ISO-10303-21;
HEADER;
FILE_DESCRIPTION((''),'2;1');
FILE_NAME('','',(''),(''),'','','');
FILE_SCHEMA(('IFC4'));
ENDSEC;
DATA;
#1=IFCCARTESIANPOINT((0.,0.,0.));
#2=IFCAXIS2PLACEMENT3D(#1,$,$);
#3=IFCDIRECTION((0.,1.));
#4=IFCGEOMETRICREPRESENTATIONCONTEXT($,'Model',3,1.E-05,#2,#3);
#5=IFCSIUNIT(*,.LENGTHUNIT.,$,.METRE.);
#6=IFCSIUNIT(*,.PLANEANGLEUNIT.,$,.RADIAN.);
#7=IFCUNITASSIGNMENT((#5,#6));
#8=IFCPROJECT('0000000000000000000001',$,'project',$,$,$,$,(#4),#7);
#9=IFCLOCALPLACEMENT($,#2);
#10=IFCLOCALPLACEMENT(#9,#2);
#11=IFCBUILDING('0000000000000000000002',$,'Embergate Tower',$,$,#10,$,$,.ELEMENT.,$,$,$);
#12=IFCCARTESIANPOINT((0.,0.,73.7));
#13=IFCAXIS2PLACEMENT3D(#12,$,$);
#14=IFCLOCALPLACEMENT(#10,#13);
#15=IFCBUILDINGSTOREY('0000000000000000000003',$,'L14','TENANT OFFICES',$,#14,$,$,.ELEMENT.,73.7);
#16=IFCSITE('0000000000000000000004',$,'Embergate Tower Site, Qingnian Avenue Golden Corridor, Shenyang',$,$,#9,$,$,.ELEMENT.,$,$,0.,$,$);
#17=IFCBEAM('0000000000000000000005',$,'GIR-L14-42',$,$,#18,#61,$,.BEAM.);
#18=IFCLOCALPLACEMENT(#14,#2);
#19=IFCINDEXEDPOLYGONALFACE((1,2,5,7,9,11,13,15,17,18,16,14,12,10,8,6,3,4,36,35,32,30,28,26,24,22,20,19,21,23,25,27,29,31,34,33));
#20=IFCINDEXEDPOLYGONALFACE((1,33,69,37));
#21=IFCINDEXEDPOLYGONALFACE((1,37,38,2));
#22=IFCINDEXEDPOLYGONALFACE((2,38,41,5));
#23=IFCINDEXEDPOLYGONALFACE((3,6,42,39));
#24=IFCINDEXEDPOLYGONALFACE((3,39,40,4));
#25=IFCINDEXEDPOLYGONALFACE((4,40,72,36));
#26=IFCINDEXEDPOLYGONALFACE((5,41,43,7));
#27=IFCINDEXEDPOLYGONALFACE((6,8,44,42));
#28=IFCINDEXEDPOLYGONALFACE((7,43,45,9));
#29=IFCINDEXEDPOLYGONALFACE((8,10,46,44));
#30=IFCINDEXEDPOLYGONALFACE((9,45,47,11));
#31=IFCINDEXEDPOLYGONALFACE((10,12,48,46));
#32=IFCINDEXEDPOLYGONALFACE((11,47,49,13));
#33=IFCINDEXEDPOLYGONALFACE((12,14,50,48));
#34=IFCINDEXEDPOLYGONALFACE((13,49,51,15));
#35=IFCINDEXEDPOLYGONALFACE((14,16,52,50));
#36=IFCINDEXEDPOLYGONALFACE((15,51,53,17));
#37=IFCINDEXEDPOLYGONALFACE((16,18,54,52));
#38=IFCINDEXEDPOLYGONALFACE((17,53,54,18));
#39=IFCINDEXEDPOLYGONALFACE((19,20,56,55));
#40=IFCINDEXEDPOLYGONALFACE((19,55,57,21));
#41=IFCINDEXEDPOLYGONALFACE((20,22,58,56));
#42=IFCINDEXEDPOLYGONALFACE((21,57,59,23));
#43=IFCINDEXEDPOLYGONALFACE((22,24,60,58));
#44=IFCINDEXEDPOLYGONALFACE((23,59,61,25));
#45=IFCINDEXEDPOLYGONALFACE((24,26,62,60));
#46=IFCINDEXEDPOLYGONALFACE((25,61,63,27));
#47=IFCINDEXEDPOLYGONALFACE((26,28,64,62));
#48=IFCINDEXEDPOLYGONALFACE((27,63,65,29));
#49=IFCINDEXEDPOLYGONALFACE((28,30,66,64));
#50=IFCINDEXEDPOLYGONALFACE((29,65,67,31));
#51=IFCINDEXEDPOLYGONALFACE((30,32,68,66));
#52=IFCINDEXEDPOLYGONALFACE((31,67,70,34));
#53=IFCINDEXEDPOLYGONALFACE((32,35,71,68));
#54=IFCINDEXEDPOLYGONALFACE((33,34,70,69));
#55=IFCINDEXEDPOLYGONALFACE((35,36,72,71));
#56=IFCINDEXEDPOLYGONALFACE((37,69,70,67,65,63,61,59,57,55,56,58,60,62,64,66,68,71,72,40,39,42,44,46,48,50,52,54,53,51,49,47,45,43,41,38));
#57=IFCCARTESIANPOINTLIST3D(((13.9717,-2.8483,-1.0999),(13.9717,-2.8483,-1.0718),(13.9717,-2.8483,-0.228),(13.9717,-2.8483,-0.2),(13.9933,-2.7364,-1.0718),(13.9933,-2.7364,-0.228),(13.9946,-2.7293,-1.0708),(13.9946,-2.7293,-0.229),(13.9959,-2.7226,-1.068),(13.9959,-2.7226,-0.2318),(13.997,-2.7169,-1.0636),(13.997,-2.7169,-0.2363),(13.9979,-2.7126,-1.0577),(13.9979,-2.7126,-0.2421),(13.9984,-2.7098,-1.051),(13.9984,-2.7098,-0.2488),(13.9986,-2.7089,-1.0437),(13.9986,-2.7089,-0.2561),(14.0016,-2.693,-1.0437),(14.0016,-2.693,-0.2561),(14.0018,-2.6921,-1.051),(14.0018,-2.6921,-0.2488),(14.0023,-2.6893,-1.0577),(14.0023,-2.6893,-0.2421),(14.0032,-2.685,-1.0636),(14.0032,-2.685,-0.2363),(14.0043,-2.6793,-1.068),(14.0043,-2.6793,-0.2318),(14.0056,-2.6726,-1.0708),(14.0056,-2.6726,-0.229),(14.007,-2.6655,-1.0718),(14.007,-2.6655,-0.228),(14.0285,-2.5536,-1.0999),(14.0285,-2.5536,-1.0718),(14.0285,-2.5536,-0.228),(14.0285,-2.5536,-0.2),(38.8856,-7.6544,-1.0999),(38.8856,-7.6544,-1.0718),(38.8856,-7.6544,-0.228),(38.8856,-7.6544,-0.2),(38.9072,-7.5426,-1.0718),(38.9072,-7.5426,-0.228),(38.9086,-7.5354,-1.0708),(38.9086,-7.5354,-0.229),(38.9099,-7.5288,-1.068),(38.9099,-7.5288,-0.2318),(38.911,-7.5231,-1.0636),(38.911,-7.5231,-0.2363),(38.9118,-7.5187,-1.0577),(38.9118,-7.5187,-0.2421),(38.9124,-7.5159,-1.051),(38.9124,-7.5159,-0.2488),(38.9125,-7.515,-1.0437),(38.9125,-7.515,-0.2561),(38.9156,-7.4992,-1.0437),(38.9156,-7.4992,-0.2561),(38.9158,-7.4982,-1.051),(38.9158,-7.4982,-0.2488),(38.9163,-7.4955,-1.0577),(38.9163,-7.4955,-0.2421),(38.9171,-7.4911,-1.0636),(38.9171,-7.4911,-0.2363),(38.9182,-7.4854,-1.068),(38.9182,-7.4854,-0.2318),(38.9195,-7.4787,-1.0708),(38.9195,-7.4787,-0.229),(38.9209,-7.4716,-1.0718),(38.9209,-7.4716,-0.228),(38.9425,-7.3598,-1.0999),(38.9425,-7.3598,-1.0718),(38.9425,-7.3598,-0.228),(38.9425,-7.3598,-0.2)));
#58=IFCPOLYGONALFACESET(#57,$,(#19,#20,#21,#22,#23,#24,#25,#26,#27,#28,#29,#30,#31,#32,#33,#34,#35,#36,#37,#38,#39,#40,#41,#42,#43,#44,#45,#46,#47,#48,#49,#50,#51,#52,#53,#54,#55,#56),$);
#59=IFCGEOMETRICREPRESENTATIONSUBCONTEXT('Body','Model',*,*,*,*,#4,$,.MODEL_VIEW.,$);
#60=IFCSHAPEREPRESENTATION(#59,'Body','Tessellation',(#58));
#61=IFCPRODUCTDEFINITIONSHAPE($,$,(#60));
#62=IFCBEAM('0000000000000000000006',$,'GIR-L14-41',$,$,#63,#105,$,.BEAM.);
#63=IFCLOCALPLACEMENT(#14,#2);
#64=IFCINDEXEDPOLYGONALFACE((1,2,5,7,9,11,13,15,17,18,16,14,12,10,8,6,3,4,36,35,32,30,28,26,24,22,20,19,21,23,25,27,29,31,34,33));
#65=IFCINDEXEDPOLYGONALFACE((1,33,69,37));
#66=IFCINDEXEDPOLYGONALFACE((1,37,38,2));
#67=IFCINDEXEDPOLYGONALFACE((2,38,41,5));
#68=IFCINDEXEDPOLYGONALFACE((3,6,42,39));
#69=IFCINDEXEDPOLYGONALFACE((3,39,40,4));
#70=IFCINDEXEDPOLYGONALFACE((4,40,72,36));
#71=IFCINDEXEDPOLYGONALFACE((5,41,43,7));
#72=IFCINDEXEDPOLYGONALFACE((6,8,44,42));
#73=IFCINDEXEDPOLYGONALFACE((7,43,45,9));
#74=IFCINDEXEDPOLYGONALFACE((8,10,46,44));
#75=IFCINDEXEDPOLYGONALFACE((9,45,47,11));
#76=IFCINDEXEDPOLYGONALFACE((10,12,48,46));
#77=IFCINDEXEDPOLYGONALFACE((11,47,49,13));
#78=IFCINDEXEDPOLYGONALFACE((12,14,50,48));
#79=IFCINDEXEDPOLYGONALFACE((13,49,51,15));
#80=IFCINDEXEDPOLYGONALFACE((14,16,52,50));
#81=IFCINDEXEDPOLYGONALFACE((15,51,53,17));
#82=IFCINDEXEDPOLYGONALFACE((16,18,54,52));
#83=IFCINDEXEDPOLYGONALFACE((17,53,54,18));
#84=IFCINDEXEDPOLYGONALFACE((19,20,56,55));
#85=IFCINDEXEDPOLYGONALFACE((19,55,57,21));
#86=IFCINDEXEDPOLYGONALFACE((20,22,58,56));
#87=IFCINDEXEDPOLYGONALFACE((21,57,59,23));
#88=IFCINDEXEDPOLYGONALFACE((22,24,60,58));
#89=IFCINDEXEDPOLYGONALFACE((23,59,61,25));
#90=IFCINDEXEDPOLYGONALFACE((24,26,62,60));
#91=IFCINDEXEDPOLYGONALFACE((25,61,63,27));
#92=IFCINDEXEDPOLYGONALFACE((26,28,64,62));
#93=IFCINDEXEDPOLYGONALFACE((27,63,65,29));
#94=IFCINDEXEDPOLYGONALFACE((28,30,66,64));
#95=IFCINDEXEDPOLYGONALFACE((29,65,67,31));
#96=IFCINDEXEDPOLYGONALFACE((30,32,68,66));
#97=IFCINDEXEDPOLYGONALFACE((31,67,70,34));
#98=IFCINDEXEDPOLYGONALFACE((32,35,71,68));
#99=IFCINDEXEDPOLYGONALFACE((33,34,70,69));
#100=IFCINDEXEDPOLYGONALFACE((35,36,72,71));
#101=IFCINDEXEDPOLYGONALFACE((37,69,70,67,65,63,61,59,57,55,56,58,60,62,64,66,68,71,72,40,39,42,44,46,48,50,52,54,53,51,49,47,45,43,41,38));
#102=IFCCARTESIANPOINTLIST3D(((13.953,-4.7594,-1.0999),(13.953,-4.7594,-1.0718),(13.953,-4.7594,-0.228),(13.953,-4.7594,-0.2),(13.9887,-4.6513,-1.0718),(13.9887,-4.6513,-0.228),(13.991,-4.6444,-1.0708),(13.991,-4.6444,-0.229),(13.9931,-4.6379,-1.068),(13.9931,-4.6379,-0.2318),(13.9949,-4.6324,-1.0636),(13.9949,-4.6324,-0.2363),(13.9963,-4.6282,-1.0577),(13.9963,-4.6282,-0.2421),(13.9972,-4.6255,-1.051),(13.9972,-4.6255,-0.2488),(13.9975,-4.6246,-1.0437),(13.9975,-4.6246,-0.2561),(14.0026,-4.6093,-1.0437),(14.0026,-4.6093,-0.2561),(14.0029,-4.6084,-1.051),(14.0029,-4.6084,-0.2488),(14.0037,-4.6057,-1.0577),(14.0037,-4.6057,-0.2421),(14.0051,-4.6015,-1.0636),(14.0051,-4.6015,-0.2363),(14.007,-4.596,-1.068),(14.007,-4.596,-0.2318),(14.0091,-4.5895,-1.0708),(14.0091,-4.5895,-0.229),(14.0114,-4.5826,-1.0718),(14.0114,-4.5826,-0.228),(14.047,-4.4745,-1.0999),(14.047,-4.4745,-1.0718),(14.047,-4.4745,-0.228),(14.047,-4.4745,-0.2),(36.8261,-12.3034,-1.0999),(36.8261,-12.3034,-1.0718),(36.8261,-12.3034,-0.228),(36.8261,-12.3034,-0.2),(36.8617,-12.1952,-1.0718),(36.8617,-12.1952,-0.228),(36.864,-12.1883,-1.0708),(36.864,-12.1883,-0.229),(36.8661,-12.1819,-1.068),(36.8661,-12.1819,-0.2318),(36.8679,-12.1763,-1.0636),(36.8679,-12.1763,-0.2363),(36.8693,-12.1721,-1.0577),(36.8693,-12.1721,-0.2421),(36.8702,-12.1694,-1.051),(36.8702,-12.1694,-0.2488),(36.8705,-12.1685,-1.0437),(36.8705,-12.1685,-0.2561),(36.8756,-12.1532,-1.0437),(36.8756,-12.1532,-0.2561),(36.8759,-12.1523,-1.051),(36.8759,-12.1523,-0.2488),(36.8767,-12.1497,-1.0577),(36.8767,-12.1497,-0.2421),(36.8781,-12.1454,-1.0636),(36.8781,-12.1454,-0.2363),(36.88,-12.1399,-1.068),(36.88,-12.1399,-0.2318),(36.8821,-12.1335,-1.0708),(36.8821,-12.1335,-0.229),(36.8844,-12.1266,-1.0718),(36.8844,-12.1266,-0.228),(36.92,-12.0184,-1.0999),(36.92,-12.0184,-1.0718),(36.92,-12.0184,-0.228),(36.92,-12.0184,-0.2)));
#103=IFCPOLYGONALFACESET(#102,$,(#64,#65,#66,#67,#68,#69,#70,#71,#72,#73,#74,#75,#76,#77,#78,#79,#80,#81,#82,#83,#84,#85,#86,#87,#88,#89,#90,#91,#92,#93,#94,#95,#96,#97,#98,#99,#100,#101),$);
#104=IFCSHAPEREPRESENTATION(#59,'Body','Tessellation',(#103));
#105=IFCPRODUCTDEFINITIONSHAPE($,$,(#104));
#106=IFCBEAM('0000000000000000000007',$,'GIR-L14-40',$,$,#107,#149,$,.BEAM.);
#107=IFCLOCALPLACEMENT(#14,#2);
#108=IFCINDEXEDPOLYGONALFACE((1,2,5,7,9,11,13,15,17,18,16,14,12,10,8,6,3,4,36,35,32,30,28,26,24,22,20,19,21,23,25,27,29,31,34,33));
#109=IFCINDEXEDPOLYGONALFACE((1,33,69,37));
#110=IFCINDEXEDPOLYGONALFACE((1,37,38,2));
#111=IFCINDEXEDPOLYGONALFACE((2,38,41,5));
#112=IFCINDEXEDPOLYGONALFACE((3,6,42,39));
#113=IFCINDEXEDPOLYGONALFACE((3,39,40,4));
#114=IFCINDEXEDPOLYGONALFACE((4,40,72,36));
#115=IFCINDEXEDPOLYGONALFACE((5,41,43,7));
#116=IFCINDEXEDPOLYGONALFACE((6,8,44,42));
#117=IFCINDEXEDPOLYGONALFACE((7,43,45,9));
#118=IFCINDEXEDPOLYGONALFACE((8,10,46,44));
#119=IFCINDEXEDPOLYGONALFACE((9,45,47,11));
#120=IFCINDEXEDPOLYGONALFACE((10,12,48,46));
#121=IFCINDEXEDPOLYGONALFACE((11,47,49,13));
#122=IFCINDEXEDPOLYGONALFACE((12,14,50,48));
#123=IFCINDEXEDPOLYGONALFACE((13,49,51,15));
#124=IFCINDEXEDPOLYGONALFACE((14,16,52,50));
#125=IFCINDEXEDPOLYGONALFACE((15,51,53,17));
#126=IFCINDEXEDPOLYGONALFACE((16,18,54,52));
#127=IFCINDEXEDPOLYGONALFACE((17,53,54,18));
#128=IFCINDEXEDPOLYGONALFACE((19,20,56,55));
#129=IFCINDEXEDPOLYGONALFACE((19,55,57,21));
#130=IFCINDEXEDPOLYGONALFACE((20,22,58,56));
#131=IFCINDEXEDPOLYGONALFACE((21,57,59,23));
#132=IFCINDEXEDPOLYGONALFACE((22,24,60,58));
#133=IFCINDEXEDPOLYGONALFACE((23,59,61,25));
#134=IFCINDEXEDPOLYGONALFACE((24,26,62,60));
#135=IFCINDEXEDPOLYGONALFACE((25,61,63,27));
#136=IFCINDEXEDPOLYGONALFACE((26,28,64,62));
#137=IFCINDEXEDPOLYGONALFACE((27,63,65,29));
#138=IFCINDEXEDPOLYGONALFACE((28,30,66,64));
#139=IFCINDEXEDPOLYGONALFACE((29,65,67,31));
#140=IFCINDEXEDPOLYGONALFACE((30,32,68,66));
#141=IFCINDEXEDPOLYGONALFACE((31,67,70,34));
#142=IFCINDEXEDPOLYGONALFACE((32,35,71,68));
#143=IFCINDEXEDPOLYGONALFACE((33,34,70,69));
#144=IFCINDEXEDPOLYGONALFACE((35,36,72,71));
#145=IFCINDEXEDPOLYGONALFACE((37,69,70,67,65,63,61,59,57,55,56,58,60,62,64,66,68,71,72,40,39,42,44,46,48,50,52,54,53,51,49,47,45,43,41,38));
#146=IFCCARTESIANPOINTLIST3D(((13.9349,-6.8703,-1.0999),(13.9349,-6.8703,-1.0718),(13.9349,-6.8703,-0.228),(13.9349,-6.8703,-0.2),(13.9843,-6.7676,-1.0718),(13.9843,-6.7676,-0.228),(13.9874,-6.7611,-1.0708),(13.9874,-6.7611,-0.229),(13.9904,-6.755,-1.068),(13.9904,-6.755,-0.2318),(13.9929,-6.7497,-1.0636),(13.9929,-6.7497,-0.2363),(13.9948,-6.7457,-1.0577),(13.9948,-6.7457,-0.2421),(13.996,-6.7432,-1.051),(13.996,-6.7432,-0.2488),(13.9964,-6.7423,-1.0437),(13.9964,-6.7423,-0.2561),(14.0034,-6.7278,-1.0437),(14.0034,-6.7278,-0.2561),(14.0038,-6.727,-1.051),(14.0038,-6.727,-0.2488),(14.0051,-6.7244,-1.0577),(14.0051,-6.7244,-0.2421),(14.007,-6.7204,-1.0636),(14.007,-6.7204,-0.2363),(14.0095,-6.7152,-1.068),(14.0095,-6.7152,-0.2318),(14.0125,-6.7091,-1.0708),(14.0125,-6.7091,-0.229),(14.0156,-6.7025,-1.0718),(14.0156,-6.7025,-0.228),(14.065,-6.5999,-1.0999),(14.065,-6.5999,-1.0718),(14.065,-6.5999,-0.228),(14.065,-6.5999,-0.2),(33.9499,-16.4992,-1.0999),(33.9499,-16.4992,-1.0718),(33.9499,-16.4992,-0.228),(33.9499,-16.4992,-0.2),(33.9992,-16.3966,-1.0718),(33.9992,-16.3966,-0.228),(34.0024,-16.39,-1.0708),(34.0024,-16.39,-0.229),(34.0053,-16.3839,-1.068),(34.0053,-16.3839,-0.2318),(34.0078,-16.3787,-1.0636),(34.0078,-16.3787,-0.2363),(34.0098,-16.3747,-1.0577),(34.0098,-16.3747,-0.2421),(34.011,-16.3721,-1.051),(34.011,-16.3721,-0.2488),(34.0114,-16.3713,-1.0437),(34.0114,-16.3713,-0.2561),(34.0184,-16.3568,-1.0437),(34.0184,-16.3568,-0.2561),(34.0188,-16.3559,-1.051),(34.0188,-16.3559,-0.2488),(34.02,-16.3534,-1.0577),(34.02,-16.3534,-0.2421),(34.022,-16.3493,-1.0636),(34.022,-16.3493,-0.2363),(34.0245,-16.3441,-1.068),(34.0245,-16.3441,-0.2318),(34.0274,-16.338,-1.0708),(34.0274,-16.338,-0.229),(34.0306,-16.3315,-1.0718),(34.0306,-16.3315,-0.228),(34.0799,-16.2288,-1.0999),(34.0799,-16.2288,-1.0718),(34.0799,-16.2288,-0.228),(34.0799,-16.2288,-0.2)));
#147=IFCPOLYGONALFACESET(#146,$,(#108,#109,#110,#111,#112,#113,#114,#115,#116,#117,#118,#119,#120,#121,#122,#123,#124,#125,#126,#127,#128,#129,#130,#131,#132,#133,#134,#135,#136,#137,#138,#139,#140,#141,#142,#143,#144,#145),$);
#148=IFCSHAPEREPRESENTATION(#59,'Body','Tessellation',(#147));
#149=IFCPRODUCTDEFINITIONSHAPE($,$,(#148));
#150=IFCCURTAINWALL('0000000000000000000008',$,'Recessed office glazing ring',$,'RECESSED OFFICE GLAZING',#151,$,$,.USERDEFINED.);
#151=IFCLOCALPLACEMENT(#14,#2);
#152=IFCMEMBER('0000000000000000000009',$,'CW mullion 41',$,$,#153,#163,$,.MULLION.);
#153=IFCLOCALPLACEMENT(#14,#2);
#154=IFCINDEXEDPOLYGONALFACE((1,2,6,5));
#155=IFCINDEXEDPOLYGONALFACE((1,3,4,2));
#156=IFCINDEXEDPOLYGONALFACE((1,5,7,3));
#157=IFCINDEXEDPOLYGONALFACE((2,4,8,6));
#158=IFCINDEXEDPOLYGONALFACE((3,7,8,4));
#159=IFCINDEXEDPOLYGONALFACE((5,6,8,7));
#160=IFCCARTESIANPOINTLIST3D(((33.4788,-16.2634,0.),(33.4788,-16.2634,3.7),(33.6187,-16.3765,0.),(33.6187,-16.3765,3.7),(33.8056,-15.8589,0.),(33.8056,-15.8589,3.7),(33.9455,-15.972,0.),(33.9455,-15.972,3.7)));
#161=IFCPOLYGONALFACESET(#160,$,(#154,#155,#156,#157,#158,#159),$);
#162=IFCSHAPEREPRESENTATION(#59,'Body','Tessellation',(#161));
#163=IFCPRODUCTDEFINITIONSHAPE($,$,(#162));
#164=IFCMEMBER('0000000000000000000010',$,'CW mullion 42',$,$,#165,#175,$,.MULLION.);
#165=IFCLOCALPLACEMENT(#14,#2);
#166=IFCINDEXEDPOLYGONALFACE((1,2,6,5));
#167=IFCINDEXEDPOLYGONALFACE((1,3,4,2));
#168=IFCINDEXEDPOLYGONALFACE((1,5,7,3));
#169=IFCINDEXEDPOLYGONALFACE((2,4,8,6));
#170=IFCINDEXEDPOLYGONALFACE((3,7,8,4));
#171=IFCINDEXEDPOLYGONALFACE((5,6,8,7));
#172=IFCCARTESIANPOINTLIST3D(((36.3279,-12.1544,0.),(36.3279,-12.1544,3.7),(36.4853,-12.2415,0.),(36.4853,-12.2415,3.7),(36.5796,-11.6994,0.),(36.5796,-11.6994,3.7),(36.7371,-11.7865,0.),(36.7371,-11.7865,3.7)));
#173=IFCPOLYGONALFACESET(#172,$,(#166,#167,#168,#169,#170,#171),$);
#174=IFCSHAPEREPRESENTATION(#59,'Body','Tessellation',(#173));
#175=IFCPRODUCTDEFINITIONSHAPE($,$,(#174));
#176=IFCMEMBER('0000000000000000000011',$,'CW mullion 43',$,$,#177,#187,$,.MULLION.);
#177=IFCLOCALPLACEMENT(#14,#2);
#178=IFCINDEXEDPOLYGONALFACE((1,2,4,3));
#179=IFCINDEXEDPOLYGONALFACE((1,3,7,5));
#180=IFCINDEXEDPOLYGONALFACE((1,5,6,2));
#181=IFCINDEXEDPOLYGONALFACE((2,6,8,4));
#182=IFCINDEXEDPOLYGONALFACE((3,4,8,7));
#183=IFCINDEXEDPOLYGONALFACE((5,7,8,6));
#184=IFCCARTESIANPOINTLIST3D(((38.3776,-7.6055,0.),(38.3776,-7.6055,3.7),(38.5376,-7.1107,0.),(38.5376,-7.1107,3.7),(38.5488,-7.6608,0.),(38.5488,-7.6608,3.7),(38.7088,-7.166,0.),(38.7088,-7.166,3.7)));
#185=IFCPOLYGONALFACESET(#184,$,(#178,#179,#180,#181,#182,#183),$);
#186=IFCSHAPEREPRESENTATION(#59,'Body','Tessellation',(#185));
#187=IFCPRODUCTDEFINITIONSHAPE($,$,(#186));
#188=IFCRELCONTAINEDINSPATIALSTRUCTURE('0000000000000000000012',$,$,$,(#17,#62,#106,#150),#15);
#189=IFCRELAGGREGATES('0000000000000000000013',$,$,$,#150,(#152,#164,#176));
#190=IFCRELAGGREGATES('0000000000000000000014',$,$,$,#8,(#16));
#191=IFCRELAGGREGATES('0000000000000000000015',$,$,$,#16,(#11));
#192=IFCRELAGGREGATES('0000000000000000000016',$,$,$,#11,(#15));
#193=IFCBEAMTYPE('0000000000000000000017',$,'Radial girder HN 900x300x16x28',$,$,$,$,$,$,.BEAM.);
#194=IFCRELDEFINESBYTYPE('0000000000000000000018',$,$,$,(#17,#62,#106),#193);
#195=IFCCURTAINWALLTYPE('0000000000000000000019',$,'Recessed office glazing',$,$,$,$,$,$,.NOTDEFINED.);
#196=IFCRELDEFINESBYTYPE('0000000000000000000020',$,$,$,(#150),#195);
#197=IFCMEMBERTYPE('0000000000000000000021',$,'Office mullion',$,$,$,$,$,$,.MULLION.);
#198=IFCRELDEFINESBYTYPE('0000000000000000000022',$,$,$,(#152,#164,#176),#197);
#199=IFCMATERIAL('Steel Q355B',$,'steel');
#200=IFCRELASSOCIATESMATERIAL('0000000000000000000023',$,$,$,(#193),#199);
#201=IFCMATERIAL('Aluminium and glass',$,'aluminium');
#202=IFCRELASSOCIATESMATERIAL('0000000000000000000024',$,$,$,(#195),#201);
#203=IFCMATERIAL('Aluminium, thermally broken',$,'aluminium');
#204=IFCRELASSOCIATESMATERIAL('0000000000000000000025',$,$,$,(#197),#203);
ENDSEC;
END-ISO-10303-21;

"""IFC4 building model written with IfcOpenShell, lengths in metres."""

from ifc_helpers import new_model, si_unit, direction, frame, origin, origin_2d, place, context, subcontext, project, spatial, rectangle, i_section, extrude, source, transform, mapped, material, material_profile, profile_set, type_object, element, aggregate, save


model = new_model("IFC4")

# Units and contexts
model_context = context("Model", 3, precision=1e-05, world=origin(), true_north=direction((0.0, 1.0)))
body_context = subcontext(model_context, "Body", "Model", "MODEL_VIEW")
ifc_project = project(units=[si_unit("LENGTHUNIT", "METRE"), si_unit("PLANEANGLEUNIT", "RADIAN")], contexts=[model_context])

# Site, building, storey
site_placement = place(None, origin())
site = spatial("IfcSite", under=ifc_project, at=site_placement, Name="Embergate Tower Site, Qingnian Avenue Golden Corridor, Shenyang", CompositionType="ELEMENT", RefElevation=0.0)
building_placement = place(site_placement, origin())
building = spatial("IfcBuilding", under=site, at=building_placement, Name="Embergate Tower", CompositionType="ELEMENT")
storey_placement = place(building_placement, frame((0.0, 0.0, 73.7)))
storey = spatial("IfcBuildingStorey", under=building, at=storey_placement, Name="L14", Description="TENANT OFFICES", CompositionType="ELEMENT", Elevation=73.7)

# Beams
ifc_material_1 = material(Name="Steel Q355B", Category="steel")
ifc_material_profile_1 = material_profile(ifc_material_1, i_section(OverallWidth=0.3, OverallDepth=0.8999, WebThickness=0.0161, FlangeThickness=0.0281, FilletRadius=0.0281, at=origin_2d()), Name="HN 900x300x16x28")
ifc_profile_set_1 = profile_set([ifc_material_profile_1], Name="Steel Q355 grade B")
beam_type_1 = type_object("IfcBeamType", Name="Radial girder HN 900x300x16x28", PredefinedType="BEAM", material=ifc_profile_set_1)
shared_shape_1 = source(origin(), body_context, "Body", "SweptSolid", [
    extrude(i_section(OverallWidth=0.3, OverallDepth=0.8999, WebThickness=0.0161, FlangeThickness=0.0281, FilletRadius=0.0281, at=origin_2d()), origin(), (0.0, 0.0, 1.0), 25.3733),
])
beam_1_placement = place(storey_placement, frame((38.9141, -7.5071, -0.6499), z_axis=(-0.981897, 0.189417, 0.0), x_axis=(-0.189417, -0.981897, 0.0)))
element("IfcBeam", 1, at=beam_1_placement, inside=storey, type_object=beam_type_1, Name="GIR-L14-42", PredefinedType="BEAM", context=body_context, shape_type="MappedRepresentation", body=[
    mapped(shared_shape_1, transform((0.0, 0.0, 0.0))),
])
shared_shape_2 = source(origin(), body_context, "Body", "SweptSolid", [
    extrude(i_section(OverallWidth=0.3, OverallDepth=0.8999, WebThickness=0.0161, FlangeThickness=0.0281, FilletRadius=0.0281, at=origin_2d()), origin(), (0.0, 0.0, 1.0), 24.085),
])
beam_2_placement = place(storey_placement, frame((36.873, -12.1609, -0.6499), z_axis=(-0.94968, 0.313222, 0.0), x_axis=(-0.313222, -0.94968, 0.0)))
element("IfcBeam", 2, at=beam_2_placement, inside=storey, type_object=beam_type_1, Name="GIR-L14-41", PredefinedType="BEAM", context=body_context, shape_type="MappedRepresentation", body=[
    mapped(shared_shape_2, transform((0.0, 0.0, 0.0))),
])
shared_shape_3 = source(origin(), body_context, "Body", "SweptSolid", [
    extrude(i_section(OverallWidth=0.3, OverallDepth=0.8999, WebThickness=0.0161, FlangeThickness=0.0281, FilletRadius=0.0281, at=origin_2d()), origin(), (0.0, 0.0, 1.0), 22.2107),
])
beam_3_placement = place(storey_placement, frame((34.0149, -16.364, -0.6499), z_axis=(-0.901141, 0.433527, 0.0), x_axis=(-0.433527, -0.901141, 0.0)))
element("IfcBeam", 3, at=beam_3_placement, inside=storey, type_object=beam_type_1, Name="GIR-L14-40", PredefinedType="BEAM", context=body_context, shape_type="MappedRepresentation", body=[
    mapped(shared_shape_3, transform((0.0, 0.0, 0.0))),
])

# Curtain wall, members
ifc_material_2 = material(Name="Aluminium and glass", Category="aluminium")
curtain_wall_type = type_object("IfcCurtainWallType", Name="Recessed office glazing", PredefinedType="NOTDEFINED", material=ifc_material_2)
curtain_wall_placement = place(storey_placement, origin())
curtain_wall = element("IfcCurtainWall", 4, at=curtain_wall_placement, inside=storey, type_object=curtain_wall_type, Name="Recessed office glazing ring", ObjectType="RECESSED OFFICE GLAZING", PredefinedType="USERDEFINED")
ifc_material_3 = material(Name="Aluminium, thermally broken", Category="aluminium")
ifc_material_profile_2 = material_profile(ifc_material_3, rectangle(XDim=0.1799, YDim=0.52, at=origin_2d()), Name="AL 520x180")
ifc_profile_set_2 = profile_set([ifc_material_profile_2], Name="Aluminium, thermally broken")
member_type_1 = type_object("IfcMemberType", Name="Office mullion", PredefinedType="MULLION", material=ifc_profile_set_2)
shared_shape_4 = source(origin(), body_context, "Body", "SweptSolid", [
    extrude(rectangle(XDim=0.1799, YDim=0.52, at=origin_2d()), origin(), (0.0, 0.0, 1.0), 3.7),
])
member_1_placement = place(storey_placement, frame((33.7122, -16.1177, 0.0), z_axis=(0.0, 0.0, 1.0), x_axis=(-0.77788, 0.628413, 0.0)))
member_1 = element("IfcMember", 5, at=member_1_placement, type_object=member_type_1, Name="CW mullion 41", PredefinedType="MULLION", context=body_context, shape_type="MappedRepresentation", body=[
    mapped(shared_shape_4, transform((0.0, 0.0, 0.0))),
])
member_2_placement = place(storey_placement, frame((36.5325, -11.9705, 0.0), z_axis=(0.0, 0.0, 1.0), x_axis=(-0.875008, 0.484109, 0.0)))
member_2 = element("IfcMember", 6, at=member_2_placement, type_object=member_type_1, Name="CW mullion 42", PredefinedType="MULLION", context=body_context, shape_type="MappedRepresentation", body=[
    mapped(shared_shape_4, transform((0.0, 0.0, 0.0))),
])
member_3_placement = place(storey_placement, frame((38.5432, -7.3857, 0.0), z_axis=(0.0, 0.0, 1.0), x_axis=(-0.951501, 0.307646, 0.0)))
member_3 = element("IfcMember", 7, at=member_3_placement, type_object=member_type_1, Name="CW mullion 43", PredefinedType="MULLION", context=body_context, shape_type="MappedRepresentation", body=[
    mapped(shared_shape_4, transform((0.0, 0.0, 0.0))),
])
aggregate(curtain_wall, [member_1, member_2, member_3])

save(model, "model.ifc")
